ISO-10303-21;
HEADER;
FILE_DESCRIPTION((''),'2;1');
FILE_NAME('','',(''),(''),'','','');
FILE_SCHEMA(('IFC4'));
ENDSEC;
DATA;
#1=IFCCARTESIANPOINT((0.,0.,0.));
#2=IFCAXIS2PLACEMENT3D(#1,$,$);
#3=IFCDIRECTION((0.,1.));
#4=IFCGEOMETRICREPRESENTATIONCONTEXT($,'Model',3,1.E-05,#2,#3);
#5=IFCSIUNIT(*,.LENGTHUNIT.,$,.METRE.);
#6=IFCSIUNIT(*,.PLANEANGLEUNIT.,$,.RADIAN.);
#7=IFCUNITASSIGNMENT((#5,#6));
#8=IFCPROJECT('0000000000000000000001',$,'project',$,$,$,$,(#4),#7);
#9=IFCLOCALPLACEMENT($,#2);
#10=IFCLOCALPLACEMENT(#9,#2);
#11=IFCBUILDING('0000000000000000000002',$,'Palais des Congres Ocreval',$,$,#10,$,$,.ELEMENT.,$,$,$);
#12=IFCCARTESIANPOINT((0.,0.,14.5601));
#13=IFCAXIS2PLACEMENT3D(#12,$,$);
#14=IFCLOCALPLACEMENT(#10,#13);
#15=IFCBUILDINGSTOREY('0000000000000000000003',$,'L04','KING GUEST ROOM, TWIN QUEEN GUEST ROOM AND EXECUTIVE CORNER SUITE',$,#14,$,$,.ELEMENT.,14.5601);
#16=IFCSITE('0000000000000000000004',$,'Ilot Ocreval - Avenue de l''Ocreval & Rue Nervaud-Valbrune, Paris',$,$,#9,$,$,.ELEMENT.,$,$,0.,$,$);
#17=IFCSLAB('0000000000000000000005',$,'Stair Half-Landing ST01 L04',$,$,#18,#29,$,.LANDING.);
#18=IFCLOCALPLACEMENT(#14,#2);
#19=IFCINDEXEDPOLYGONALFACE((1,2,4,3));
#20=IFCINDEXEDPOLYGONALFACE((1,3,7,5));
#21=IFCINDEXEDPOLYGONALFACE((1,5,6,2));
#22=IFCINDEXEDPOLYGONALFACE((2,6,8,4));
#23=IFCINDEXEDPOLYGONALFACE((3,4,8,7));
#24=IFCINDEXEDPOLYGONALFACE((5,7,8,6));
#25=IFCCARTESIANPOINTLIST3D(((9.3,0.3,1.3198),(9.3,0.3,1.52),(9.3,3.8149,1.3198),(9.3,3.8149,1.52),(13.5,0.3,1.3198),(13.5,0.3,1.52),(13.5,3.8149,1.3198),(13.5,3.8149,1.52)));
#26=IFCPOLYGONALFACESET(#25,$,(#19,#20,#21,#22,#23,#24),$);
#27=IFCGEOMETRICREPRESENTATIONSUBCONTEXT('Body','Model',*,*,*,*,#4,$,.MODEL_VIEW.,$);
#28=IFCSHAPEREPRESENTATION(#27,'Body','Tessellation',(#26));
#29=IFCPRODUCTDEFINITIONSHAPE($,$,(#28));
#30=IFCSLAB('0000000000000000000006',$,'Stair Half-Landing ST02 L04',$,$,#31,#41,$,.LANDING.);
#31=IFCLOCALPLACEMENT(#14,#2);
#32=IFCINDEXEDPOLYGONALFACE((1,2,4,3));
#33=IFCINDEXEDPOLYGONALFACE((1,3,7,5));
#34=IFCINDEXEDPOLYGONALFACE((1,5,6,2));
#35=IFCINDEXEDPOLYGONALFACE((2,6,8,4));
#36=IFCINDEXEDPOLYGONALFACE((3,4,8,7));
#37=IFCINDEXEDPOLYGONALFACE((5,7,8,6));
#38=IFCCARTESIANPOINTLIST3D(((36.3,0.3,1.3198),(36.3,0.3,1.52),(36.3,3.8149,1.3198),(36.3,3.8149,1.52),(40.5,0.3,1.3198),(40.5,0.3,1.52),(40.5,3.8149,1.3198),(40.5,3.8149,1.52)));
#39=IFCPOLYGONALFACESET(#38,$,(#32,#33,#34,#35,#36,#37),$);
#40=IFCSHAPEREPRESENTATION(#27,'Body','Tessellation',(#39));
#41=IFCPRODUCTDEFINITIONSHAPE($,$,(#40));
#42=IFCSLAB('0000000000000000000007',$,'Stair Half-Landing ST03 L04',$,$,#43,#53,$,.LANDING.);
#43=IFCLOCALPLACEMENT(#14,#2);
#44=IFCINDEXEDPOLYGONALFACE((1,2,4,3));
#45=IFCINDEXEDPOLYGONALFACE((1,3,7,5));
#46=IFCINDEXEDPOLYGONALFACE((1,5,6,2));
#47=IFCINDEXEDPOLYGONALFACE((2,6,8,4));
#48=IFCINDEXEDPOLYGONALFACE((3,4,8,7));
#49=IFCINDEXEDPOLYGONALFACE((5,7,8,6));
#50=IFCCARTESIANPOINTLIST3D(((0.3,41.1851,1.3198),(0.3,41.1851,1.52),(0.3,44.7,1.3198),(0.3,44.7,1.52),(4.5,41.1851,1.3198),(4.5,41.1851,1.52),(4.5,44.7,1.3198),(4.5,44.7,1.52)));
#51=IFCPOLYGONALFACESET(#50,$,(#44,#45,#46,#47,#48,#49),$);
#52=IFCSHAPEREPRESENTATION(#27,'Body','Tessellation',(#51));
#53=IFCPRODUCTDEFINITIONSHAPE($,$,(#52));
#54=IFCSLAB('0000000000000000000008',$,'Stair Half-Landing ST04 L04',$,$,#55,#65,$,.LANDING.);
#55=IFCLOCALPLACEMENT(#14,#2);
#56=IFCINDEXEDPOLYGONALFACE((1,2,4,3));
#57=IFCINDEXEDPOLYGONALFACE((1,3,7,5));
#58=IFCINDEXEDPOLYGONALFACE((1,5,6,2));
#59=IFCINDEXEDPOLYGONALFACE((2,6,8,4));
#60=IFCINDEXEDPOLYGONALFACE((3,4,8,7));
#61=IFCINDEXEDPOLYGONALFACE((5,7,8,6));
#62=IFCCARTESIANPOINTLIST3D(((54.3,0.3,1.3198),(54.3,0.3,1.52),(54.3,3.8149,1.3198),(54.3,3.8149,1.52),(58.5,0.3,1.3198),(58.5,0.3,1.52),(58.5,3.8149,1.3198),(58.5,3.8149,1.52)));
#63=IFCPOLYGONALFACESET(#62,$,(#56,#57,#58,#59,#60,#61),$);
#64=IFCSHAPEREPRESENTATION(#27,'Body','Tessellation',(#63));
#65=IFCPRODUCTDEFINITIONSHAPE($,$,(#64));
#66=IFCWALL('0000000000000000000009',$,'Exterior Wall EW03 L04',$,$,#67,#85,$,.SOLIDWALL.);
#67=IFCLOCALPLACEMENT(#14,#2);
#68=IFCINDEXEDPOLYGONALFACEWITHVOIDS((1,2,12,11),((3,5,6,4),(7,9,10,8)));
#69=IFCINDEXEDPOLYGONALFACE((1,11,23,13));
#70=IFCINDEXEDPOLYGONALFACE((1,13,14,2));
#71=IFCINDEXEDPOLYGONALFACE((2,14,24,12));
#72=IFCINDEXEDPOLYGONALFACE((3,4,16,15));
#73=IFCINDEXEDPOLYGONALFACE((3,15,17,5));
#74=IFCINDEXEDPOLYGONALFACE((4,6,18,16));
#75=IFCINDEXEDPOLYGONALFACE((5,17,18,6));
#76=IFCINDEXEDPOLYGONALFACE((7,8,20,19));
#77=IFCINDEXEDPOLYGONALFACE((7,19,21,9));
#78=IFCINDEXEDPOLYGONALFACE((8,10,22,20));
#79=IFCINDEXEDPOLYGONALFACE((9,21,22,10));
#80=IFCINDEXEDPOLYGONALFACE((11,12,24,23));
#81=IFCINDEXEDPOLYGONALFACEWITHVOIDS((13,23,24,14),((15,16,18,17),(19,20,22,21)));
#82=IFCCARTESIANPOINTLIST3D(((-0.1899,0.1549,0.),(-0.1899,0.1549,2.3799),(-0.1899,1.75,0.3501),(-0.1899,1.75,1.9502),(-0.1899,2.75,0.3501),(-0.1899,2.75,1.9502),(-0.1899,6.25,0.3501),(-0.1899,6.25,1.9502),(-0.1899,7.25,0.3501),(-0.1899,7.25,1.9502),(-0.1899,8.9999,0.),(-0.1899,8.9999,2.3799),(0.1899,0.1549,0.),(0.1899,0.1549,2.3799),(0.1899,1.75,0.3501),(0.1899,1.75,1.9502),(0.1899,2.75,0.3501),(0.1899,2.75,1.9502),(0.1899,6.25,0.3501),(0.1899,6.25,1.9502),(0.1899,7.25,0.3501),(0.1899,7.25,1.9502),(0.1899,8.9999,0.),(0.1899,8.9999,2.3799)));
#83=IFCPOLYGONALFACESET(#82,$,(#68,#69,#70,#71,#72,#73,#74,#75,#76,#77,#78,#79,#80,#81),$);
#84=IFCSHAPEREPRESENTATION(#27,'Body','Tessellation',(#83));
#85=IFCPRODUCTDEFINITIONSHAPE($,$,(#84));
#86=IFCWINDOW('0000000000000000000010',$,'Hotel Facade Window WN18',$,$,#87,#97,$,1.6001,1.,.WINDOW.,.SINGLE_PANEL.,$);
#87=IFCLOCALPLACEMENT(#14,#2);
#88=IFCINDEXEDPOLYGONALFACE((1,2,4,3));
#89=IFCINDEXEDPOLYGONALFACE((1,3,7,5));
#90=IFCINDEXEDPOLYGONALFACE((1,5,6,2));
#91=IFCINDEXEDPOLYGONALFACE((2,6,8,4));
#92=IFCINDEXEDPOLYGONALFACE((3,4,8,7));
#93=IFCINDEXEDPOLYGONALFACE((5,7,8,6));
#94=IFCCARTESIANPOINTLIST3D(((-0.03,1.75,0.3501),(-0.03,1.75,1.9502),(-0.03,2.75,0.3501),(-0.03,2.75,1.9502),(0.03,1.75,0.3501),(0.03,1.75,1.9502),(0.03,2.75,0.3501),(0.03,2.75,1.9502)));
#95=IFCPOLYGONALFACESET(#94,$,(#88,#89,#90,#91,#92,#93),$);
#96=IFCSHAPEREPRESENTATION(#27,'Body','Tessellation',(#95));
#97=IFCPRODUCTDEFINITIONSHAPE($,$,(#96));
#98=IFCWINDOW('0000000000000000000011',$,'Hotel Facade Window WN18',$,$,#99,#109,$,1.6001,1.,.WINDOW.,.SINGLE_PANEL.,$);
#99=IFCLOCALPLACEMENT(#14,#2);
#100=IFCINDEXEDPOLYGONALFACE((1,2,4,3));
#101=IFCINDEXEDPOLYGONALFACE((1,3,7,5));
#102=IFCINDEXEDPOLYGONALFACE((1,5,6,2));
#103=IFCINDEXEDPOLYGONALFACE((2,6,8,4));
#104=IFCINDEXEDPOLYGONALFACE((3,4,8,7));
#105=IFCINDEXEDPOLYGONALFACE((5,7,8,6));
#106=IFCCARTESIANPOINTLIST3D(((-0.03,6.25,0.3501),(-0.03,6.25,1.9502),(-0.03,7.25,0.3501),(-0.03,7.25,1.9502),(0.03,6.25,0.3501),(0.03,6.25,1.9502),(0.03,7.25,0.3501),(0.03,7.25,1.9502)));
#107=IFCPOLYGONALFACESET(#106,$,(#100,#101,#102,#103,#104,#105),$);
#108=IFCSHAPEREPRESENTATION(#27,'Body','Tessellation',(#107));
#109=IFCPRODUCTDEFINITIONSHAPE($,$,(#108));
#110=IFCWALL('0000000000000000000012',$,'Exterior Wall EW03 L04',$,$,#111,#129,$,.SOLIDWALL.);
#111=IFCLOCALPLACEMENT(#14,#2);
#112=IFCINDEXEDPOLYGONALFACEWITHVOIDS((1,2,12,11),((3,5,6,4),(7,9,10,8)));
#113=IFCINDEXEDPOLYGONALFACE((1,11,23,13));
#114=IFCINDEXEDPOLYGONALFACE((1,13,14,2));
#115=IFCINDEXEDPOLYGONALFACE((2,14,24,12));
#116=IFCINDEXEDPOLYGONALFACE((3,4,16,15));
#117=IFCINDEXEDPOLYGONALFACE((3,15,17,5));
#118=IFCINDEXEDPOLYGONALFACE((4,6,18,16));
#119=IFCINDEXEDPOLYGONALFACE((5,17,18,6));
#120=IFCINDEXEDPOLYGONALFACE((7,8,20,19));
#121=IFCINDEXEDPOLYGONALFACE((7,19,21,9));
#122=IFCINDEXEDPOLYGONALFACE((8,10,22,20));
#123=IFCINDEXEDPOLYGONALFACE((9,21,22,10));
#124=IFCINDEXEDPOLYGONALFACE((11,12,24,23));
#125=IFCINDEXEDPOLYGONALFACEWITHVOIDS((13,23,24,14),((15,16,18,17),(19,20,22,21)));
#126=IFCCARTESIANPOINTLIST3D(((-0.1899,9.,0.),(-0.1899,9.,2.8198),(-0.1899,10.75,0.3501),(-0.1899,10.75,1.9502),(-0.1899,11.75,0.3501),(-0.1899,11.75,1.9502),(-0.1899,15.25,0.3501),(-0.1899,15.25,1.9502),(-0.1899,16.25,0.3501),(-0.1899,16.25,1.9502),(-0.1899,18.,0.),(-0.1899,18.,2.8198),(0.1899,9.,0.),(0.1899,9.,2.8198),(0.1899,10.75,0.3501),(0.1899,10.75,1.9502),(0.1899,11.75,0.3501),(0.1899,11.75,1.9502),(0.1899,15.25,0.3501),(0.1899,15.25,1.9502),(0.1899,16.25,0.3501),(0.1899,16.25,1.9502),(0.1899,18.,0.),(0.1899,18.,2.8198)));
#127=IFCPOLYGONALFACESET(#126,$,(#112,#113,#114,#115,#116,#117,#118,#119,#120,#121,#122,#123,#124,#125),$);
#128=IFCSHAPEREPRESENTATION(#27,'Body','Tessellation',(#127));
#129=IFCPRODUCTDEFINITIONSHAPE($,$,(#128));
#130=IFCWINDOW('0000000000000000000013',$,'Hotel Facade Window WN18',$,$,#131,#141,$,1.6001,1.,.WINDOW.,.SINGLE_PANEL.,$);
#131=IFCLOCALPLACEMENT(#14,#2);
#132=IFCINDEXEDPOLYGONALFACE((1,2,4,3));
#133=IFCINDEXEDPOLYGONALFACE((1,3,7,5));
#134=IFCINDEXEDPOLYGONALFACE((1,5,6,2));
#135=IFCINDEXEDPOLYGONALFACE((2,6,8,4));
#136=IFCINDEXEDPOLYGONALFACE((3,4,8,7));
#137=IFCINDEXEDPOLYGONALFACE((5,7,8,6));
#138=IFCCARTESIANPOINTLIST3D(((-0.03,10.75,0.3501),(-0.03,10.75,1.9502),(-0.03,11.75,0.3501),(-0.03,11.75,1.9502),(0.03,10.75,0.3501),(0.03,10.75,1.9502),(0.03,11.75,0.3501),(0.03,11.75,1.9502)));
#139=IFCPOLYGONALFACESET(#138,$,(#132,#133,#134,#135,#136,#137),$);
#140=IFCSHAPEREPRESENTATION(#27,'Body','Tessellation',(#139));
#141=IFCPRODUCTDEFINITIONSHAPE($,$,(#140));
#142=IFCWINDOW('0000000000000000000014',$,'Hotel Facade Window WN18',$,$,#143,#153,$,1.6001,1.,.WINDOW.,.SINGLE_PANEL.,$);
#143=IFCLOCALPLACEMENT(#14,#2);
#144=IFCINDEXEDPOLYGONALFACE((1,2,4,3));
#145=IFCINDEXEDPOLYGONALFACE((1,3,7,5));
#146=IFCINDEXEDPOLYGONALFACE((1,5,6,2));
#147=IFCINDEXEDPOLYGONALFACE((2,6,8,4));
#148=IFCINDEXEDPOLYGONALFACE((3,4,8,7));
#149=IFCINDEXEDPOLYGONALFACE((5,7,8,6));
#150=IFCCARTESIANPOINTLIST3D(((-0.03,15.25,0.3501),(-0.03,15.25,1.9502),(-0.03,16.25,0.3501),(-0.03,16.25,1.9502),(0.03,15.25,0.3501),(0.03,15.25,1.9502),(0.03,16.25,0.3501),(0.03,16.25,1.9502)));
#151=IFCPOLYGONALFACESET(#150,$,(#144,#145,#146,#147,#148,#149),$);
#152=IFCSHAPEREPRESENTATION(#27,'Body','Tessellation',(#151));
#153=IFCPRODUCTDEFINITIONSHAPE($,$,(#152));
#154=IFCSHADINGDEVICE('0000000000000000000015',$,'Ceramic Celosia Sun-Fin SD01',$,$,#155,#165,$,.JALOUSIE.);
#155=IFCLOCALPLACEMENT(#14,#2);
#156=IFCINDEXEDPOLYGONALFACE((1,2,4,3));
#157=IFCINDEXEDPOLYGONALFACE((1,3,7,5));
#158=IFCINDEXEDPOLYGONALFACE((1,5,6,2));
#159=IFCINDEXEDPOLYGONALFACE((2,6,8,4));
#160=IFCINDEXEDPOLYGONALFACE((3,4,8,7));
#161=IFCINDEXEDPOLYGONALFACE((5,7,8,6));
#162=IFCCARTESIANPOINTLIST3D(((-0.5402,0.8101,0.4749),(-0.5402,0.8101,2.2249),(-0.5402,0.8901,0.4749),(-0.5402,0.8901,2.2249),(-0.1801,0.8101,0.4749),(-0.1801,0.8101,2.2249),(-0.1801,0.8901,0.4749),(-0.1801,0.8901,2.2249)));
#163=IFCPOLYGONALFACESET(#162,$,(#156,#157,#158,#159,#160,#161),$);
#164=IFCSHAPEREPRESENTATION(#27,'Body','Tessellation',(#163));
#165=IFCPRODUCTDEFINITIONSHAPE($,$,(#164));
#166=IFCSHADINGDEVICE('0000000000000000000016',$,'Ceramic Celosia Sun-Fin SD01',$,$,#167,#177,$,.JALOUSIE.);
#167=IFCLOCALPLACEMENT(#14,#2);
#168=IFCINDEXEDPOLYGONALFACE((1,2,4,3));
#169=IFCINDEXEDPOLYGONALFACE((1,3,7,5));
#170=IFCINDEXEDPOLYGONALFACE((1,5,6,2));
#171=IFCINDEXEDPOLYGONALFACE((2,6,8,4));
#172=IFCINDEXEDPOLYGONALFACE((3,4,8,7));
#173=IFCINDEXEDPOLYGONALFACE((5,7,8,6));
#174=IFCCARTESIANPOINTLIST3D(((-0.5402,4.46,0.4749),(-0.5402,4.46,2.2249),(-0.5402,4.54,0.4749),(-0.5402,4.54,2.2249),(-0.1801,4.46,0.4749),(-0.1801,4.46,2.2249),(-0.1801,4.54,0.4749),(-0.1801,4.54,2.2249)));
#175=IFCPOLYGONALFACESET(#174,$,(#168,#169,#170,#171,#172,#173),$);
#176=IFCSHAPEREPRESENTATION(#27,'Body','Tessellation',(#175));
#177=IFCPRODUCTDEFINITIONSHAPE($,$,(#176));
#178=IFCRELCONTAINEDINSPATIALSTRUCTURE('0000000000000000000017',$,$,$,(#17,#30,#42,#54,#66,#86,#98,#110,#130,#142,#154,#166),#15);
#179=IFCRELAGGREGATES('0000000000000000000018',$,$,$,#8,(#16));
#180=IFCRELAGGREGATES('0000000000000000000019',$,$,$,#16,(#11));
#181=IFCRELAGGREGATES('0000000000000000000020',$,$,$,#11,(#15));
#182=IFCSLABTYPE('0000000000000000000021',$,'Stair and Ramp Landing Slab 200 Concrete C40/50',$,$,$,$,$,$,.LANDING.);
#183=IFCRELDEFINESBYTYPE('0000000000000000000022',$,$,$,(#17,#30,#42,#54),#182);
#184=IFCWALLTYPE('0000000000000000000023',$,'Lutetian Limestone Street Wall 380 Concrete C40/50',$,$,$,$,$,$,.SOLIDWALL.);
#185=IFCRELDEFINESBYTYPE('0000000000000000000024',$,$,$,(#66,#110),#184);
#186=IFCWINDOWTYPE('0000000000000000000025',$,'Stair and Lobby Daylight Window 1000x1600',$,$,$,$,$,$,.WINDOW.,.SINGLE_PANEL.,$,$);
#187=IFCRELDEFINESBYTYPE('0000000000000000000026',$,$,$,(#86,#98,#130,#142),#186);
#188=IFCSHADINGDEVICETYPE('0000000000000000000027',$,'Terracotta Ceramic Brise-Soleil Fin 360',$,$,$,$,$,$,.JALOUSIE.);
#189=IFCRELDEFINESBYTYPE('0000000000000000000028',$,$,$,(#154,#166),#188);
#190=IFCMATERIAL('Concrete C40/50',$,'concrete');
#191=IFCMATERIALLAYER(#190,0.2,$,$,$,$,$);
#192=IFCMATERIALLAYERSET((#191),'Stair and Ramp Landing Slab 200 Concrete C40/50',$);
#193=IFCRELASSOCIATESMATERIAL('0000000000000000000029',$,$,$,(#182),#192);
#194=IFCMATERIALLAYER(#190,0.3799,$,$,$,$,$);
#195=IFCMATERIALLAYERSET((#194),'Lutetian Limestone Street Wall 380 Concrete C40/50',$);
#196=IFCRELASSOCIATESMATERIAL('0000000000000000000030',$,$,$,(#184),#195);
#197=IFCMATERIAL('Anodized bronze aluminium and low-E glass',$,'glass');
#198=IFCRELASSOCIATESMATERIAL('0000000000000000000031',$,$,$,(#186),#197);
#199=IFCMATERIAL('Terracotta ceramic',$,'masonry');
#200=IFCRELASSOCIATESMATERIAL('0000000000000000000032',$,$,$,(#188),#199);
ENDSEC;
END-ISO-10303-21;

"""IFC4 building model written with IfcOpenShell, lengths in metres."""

from ifc_helpers import new_model, si_unit, direction, frame, frame_2d, origin, origin_2d, place, context, subcontext, project, spatial, polyline, rectangle, outline, extrude, material, layer, layer_set, type_object, element, fill, save


model = new_model("IFC4")

# Units and contexts
model_context = context("Model", 3, precision=1e-05, world=origin(), true_north=direction((0.0, 1.0)))
body_context = subcontext(model_context, "Body", "Model", "MODEL_VIEW")
ifc_project = project(units=[si_unit("LENGTHUNIT", "METRE"), si_unit("PLANEANGLEUNIT", "RADIAN")], contexts=[model_context])

# Site, building, storey
site_placement = place(None, origin())
site = spatial("IfcSite", under=ifc_project, at=site_placement, Name="Ilot Ocreval - Avenue de l'Ocreval & Rue Nervaud-Valbrune, Paris", CompositionType="ELEMENT", RefElevation=0.0)
building_placement = place(site_placement, origin())
building = spatial("IfcBuilding", under=site, at=building_placement, Name="Palais des Congres Ocreval", CompositionType="ELEMENT")
storey_placement = place(building_placement, frame((0.0, 0.0, 14.5601)))
storey = spatial("IfcBuildingStorey", under=building, at=storey_placement, Name="L04", Description="KING GUEST ROOM, TWIN QUEEN GUEST ROOM AND EXECUTIVE CORNER SUITE", CompositionType="ELEMENT", Elevation=14.5601)

# Shared definitions
ifc_material_1 = material(Name="Concrete C40/50", Category="concrete")
ifc_material_2 = material(Name="Anodized bronze aluminium and low-E glass", Category="glass")

# Slabs
ifc_layer_1 = layer(ifc_material_1, 0.2)
ifc_layer_set_1 = layer_set([ifc_layer_1], Name="Stair and Ramp Landing Slab 200 Concrete C40/50")
slab_type_1 = type_object("IfcSlabType", Name="Stair and Ramp Landing Slab 200 Concrete C40/50", PredefinedType="LANDING", material=ifc_layer_set_1)
slab_1_placement = place(storey_placement, frame((0.0, 0.0, 1.3198)))
element("IfcSlab", 1, at=slab_1_placement, inside=storey, type_object=slab_type_1, Name="Stair Half-Landing ST01 L04", PredefinedType="LANDING", context=body_context, shape_type="SweptSolid", body=[
    extrude(outline(polyline([(9.3, 0.3), (13.5, 0.3), (13.5, 3.8149), (9.3, 3.8149), (9.3, 0.3)])), origin(), (0.0, 0.0, 1.0), 0.2002),
])
slab_2_placement = place(storey_placement, frame((0.0, 0.0, 1.3198)))
element("IfcSlab", 2, at=slab_2_placement, inside=storey, type_object=slab_type_1, Name="Stair Half-Landing ST02 L04", PredefinedType="LANDING", context=body_context, shape_type="SweptSolid", body=[
    extrude(outline(polyline([(36.3, 0.3), (40.5, 0.3), (40.5, 3.8149), (36.3, 3.8149), (36.3, 0.3)])), origin(), (0.0, 0.0, 1.0), 0.2002),
])
slab_3_placement = place(storey_placement, frame((0.0, 0.0, 1.3198)))
element("IfcSlab", 3, at=slab_3_placement, inside=storey, type_object=slab_type_1, Name="Stair Half-Landing ST03 L04", PredefinedType="LANDING", context=body_context, shape_type="SweptSolid", body=[
    extrude(outline(polyline([(0.3, 41.1851), (4.5, 41.1851), (4.5, 44.7), (0.3, 44.7), (0.3, 41.1851)])), origin(), (0.0, 0.0, 1.0), 0.2002),
])
slab_4_placement = place(storey_placement, frame((0.0, 0.0, 1.3198)))
element("IfcSlab", 4, at=slab_4_placement, inside=storey, type_object=slab_type_1, Name="Stair Half-Landing ST04 L04", PredefinedType="LANDING", context=body_context, shape_type="SweptSolid", body=[
    extrude(outline(polyline([(54.3, 0.3), (58.5, 0.3), (58.5, 3.8149), (54.3, 3.8149), (54.3, 0.3)])), origin(), (0.0, 0.0, 1.0), 0.2002),
])

# Walls, openings, windows
ifc_layer_2 = layer(ifc_material_1, 0.3799)
ifc_layer_set_2 = layer_set([ifc_layer_2], Name="Lutetian Limestone Street Wall 380 Concrete C40/50")
wall_type = type_object("IfcWallType", Name="Lutetian Limestone Street Wall 380 Concrete C40/50", PredefinedType="SOLIDWALL", material=ifc_layer_set_2)
wall_1_placement = place(storey_placement, frame((0.0, 0.155, 0.0), z_axis=(0.0, 0.0, 1.0), x_axis=(0.0, 1.0, 0.0)))
wall_1 = element("IfcWall", 5, at=wall_1_placement, inside=storey, type_object=wall_type, Name="Exterior Wall EW03 L04", PredefinedType="SOLIDWALL", context=body_context, shape_type="SweptSolid", body=[
    extrude(rectangle(XDim=8.845, YDim=0.3799, at=frame_2d((4.4224, 0.0))), origin(), (0.0, 0.0, 1.0), 2.3799),
])
opening_1_placement = place(wall_1_placement, frame((1.595, 0.0, 0.3501)))
opening_1 = element("IfcOpeningElement", 6, at=opening_1_placement, cuts=wall_1, PredefinedType="OPENING", context=body_context, shape_type="SweptSolid", body=[
    extrude(rectangle(XDim=1.0, YDim=1.6001, at=frame_2d((0.5, 0.8))), frame((0.0, 0.2, 0.0), z_axis=(0.0, -1.0, 0.0), x_axis=(1.0, 0.0, 0.0)), (0.0, 0.0, 1.0), 0.3999),
])
opening_2_placement = place(wall_1_placement, frame((6.095, 0.0, 0.3501)))
opening_2 = element("IfcOpeningElement", 7, at=opening_2_placement, cuts=wall_1, PredefinedType="OPENING", context=body_context, shape_type="SweptSolid", body=[
    extrude(rectangle(XDim=1.0, YDim=1.6001, at=frame_2d((0.5, 0.8))), frame((0.0, 0.2, 0.0), z_axis=(0.0, -1.0, 0.0), x_axis=(1.0, 0.0, 0.0)), (0.0, 0.0, 1.0), 0.3999),
])
window_type_1 = type_object("IfcWindowType", Name="Stair and Lobby Daylight Window 1000x1600", PartitioningType="SINGLE_PANEL", PredefinedType="WINDOW", material=ifc_material_2)
window_1_placement = place(opening_1_placement, origin())
window_1 = element("IfcWindow", 8, at=window_1_placement, inside=storey, type_object=window_type_1, Name="Hotel Facade Window WN18", OverallHeight=1.6001, OverallWidth=1.0, PartitioningType="SINGLE_PANEL", PredefinedType="WINDOW", context=body_context, shape_type="SweptSolid", body=[
    extrude(rectangle(XDim=1.0, YDim=1.6001, at=frame_2d((0.5, 0.8))), frame((0.0, 0.03, 0.0), z_axis=(0.0, -1.0, 0.0), x_axis=(1.0, 0.0, 0.0)), (0.0, 0.0, 1.0), 0.0601),
])
fill(opening_1, window_1)
window_2_placement = place(opening_2_placement, origin())
window_2 = element("IfcWindow", 9, at=window_2_placement, inside=storey, type_object=window_type_1, Name="Hotel Facade Window WN18", OverallHeight=1.6001, OverallWidth=1.0, PartitioningType="SINGLE_PANEL", PredefinedType="WINDOW", context=body_context, shape_type="SweptSolid", body=[
    extrude(rectangle(XDim=1.0, YDim=1.6001, at=frame_2d((0.5, 0.8))), frame((0.0, 0.03, 0.0), z_axis=(0.0, -1.0, 0.0), x_axis=(1.0, 0.0, 0.0)), (0.0, 0.0, 1.0), 0.0601),
])
fill(opening_2, window_2)
wall_2_placement = place(storey_placement, frame((0.0, 9.0, 0.0), z_axis=(0.0, 0.0, 1.0), x_axis=(0.0, 1.0, 0.0)))
wall_2 = element("IfcWall", 10, at=wall_2_placement, inside=storey, type_object=wall_type, Name="Exterior Wall EW03 L04", PredefinedType="SOLIDWALL", context=body_context, shape_type="SweptSolid", body=[
    extrude(rectangle(XDim=9.0, YDim=0.3799, at=frame_2d((4.5, 0.0))), origin(), (0.0, 0.0, 1.0), 2.8198),
])
opening_3_placement = place(wall_2_placement, frame((1.75, 0.0, 0.3501)))
opening_3 = element("IfcOpeningElement", 11, at=opening_3_placement, cuts=wall_2, PredefinedType="OPENING", context=body_context, shape_type="SweptSolid", body=[
    extrude(rectangle(XDim=1.0, YDim=1.6001, at=frame_2d((0.5, 0.8))), frame((0.0, 0.2, 0.0), z_axis=(0.0, -1.0, 0.0), x_axis=(1.0, 0.0, 0.0)), (0.0, 0.0, 1.0), 0.3999),
])
opening_4_placement = place(wall_2_placement, frame((6.25, 0.0, 0.3501)))
opening_4 = element("IfcOpeningElement", 12, at=opening_4_placement, cuts=wall_2, PredefinedType="OPENING", context=body_context, shape_type="SweptSolid", body=[
    extrude(rectangle(XDim=1.0, YDim=1.6001, at=frame_2d((0.5, 0.8))), frame((0.0, 0.2, 0.0), z_axis=(0.0, -1.0, 0.0), x_axis=(1.0, 0.0, 0.0)), (0.0, 0.0, 1.0), 0.3999),
])
window_3_placement = place(opening_3_placement, origin())
window_3 = element("IfcWindow", 13, at=window_3_placement, inside=storey, type_object=window_type_1, Name="Hotel Facade Window WN18", OverallHeight=1.6001, OverallWidth=1.0, PartitioningType="SINGLE_PANEL", PredefinedType="WINDOW", context=body_context, shape_type="SweptSolid", body=[
    extrude(rectangle(XDim=1.0, YDim=1.6001, at=frame_2d((0.5, 0.8))), frame((0.0, 0.03, 0.0), z_axis=(0.0, -1.0, 0.0), x_axis=(1.0, 0.0, 0.0)), (0.0, 0.0, 1.0), 0.0601),
])
fill(opening_3, window_3)
window_4_placement = place(opening_4_placement, origin())
window_4 = element("IfcWindow", 14, at=window_4_placement, inside=storey, type_object=window_type_1, Name="Hotel Facade Window WN18", OverallHeight=1.6001, OverallWidth=1.0, PartitioningType="SINGLE_PANEL", PredefinedType="WINDOW", context=body_context, shape_type="SweptSolid", body=[
    extrude(rectangle(XDim=1.0, YDim=1.6001, at=frame_2d((0.5, 0.8))), frame((0.0, 0.03, 0.0), z_axis=(0.0, -1.0, 0.0), x_axis=(1.0, 0.0, 0.0)), (0.0, 0.0, 1.0), 0.0601),
])
fill(opening_4, window_4)

# Shading devices
ifc_material_3 = material(Name="Terracotta ceramic", Category="masonry")
shading_device_type = type_object("IfcShadingDeviceType", Name="Terracotta Ceramic Brise-Soleil Fin 360", PredefinedType="JALOUSIE", material=ifc_material_3)
for number, where, z_axis, x_axis, name in (
    (15, (-0.3601, 0.8501, 0.4749), (0.0, 0.0, 1.0), (-1.0, 0.0, 0.0), "Ceramic Celosia Sun-Fin SD01"),
    (16, (-0.3601, 4.5, 0.4749), (0.0, 0.0, 1.0), (-1.0, 0.0, 0.0), "Ceramic Celosia Sun-Fin SD01"),
):
    element("IfcShadingDevice", number, at=place(storey_placement, frame(where, z_axis=z_axis, x_axis=x_axis)), inside=storey, type_object=shading_device_type, Name=name, PredefinedType="JALOUSIE", context=body_context, shape_type="SweptSolid", body=[
        extrude(rectangle(XDim=0.3601, YDim=0.0801, at=origin_2d()), origin(), (0.0, 0.0, 1.0), 1.75),
    ])

save(model, "model.ifc")
